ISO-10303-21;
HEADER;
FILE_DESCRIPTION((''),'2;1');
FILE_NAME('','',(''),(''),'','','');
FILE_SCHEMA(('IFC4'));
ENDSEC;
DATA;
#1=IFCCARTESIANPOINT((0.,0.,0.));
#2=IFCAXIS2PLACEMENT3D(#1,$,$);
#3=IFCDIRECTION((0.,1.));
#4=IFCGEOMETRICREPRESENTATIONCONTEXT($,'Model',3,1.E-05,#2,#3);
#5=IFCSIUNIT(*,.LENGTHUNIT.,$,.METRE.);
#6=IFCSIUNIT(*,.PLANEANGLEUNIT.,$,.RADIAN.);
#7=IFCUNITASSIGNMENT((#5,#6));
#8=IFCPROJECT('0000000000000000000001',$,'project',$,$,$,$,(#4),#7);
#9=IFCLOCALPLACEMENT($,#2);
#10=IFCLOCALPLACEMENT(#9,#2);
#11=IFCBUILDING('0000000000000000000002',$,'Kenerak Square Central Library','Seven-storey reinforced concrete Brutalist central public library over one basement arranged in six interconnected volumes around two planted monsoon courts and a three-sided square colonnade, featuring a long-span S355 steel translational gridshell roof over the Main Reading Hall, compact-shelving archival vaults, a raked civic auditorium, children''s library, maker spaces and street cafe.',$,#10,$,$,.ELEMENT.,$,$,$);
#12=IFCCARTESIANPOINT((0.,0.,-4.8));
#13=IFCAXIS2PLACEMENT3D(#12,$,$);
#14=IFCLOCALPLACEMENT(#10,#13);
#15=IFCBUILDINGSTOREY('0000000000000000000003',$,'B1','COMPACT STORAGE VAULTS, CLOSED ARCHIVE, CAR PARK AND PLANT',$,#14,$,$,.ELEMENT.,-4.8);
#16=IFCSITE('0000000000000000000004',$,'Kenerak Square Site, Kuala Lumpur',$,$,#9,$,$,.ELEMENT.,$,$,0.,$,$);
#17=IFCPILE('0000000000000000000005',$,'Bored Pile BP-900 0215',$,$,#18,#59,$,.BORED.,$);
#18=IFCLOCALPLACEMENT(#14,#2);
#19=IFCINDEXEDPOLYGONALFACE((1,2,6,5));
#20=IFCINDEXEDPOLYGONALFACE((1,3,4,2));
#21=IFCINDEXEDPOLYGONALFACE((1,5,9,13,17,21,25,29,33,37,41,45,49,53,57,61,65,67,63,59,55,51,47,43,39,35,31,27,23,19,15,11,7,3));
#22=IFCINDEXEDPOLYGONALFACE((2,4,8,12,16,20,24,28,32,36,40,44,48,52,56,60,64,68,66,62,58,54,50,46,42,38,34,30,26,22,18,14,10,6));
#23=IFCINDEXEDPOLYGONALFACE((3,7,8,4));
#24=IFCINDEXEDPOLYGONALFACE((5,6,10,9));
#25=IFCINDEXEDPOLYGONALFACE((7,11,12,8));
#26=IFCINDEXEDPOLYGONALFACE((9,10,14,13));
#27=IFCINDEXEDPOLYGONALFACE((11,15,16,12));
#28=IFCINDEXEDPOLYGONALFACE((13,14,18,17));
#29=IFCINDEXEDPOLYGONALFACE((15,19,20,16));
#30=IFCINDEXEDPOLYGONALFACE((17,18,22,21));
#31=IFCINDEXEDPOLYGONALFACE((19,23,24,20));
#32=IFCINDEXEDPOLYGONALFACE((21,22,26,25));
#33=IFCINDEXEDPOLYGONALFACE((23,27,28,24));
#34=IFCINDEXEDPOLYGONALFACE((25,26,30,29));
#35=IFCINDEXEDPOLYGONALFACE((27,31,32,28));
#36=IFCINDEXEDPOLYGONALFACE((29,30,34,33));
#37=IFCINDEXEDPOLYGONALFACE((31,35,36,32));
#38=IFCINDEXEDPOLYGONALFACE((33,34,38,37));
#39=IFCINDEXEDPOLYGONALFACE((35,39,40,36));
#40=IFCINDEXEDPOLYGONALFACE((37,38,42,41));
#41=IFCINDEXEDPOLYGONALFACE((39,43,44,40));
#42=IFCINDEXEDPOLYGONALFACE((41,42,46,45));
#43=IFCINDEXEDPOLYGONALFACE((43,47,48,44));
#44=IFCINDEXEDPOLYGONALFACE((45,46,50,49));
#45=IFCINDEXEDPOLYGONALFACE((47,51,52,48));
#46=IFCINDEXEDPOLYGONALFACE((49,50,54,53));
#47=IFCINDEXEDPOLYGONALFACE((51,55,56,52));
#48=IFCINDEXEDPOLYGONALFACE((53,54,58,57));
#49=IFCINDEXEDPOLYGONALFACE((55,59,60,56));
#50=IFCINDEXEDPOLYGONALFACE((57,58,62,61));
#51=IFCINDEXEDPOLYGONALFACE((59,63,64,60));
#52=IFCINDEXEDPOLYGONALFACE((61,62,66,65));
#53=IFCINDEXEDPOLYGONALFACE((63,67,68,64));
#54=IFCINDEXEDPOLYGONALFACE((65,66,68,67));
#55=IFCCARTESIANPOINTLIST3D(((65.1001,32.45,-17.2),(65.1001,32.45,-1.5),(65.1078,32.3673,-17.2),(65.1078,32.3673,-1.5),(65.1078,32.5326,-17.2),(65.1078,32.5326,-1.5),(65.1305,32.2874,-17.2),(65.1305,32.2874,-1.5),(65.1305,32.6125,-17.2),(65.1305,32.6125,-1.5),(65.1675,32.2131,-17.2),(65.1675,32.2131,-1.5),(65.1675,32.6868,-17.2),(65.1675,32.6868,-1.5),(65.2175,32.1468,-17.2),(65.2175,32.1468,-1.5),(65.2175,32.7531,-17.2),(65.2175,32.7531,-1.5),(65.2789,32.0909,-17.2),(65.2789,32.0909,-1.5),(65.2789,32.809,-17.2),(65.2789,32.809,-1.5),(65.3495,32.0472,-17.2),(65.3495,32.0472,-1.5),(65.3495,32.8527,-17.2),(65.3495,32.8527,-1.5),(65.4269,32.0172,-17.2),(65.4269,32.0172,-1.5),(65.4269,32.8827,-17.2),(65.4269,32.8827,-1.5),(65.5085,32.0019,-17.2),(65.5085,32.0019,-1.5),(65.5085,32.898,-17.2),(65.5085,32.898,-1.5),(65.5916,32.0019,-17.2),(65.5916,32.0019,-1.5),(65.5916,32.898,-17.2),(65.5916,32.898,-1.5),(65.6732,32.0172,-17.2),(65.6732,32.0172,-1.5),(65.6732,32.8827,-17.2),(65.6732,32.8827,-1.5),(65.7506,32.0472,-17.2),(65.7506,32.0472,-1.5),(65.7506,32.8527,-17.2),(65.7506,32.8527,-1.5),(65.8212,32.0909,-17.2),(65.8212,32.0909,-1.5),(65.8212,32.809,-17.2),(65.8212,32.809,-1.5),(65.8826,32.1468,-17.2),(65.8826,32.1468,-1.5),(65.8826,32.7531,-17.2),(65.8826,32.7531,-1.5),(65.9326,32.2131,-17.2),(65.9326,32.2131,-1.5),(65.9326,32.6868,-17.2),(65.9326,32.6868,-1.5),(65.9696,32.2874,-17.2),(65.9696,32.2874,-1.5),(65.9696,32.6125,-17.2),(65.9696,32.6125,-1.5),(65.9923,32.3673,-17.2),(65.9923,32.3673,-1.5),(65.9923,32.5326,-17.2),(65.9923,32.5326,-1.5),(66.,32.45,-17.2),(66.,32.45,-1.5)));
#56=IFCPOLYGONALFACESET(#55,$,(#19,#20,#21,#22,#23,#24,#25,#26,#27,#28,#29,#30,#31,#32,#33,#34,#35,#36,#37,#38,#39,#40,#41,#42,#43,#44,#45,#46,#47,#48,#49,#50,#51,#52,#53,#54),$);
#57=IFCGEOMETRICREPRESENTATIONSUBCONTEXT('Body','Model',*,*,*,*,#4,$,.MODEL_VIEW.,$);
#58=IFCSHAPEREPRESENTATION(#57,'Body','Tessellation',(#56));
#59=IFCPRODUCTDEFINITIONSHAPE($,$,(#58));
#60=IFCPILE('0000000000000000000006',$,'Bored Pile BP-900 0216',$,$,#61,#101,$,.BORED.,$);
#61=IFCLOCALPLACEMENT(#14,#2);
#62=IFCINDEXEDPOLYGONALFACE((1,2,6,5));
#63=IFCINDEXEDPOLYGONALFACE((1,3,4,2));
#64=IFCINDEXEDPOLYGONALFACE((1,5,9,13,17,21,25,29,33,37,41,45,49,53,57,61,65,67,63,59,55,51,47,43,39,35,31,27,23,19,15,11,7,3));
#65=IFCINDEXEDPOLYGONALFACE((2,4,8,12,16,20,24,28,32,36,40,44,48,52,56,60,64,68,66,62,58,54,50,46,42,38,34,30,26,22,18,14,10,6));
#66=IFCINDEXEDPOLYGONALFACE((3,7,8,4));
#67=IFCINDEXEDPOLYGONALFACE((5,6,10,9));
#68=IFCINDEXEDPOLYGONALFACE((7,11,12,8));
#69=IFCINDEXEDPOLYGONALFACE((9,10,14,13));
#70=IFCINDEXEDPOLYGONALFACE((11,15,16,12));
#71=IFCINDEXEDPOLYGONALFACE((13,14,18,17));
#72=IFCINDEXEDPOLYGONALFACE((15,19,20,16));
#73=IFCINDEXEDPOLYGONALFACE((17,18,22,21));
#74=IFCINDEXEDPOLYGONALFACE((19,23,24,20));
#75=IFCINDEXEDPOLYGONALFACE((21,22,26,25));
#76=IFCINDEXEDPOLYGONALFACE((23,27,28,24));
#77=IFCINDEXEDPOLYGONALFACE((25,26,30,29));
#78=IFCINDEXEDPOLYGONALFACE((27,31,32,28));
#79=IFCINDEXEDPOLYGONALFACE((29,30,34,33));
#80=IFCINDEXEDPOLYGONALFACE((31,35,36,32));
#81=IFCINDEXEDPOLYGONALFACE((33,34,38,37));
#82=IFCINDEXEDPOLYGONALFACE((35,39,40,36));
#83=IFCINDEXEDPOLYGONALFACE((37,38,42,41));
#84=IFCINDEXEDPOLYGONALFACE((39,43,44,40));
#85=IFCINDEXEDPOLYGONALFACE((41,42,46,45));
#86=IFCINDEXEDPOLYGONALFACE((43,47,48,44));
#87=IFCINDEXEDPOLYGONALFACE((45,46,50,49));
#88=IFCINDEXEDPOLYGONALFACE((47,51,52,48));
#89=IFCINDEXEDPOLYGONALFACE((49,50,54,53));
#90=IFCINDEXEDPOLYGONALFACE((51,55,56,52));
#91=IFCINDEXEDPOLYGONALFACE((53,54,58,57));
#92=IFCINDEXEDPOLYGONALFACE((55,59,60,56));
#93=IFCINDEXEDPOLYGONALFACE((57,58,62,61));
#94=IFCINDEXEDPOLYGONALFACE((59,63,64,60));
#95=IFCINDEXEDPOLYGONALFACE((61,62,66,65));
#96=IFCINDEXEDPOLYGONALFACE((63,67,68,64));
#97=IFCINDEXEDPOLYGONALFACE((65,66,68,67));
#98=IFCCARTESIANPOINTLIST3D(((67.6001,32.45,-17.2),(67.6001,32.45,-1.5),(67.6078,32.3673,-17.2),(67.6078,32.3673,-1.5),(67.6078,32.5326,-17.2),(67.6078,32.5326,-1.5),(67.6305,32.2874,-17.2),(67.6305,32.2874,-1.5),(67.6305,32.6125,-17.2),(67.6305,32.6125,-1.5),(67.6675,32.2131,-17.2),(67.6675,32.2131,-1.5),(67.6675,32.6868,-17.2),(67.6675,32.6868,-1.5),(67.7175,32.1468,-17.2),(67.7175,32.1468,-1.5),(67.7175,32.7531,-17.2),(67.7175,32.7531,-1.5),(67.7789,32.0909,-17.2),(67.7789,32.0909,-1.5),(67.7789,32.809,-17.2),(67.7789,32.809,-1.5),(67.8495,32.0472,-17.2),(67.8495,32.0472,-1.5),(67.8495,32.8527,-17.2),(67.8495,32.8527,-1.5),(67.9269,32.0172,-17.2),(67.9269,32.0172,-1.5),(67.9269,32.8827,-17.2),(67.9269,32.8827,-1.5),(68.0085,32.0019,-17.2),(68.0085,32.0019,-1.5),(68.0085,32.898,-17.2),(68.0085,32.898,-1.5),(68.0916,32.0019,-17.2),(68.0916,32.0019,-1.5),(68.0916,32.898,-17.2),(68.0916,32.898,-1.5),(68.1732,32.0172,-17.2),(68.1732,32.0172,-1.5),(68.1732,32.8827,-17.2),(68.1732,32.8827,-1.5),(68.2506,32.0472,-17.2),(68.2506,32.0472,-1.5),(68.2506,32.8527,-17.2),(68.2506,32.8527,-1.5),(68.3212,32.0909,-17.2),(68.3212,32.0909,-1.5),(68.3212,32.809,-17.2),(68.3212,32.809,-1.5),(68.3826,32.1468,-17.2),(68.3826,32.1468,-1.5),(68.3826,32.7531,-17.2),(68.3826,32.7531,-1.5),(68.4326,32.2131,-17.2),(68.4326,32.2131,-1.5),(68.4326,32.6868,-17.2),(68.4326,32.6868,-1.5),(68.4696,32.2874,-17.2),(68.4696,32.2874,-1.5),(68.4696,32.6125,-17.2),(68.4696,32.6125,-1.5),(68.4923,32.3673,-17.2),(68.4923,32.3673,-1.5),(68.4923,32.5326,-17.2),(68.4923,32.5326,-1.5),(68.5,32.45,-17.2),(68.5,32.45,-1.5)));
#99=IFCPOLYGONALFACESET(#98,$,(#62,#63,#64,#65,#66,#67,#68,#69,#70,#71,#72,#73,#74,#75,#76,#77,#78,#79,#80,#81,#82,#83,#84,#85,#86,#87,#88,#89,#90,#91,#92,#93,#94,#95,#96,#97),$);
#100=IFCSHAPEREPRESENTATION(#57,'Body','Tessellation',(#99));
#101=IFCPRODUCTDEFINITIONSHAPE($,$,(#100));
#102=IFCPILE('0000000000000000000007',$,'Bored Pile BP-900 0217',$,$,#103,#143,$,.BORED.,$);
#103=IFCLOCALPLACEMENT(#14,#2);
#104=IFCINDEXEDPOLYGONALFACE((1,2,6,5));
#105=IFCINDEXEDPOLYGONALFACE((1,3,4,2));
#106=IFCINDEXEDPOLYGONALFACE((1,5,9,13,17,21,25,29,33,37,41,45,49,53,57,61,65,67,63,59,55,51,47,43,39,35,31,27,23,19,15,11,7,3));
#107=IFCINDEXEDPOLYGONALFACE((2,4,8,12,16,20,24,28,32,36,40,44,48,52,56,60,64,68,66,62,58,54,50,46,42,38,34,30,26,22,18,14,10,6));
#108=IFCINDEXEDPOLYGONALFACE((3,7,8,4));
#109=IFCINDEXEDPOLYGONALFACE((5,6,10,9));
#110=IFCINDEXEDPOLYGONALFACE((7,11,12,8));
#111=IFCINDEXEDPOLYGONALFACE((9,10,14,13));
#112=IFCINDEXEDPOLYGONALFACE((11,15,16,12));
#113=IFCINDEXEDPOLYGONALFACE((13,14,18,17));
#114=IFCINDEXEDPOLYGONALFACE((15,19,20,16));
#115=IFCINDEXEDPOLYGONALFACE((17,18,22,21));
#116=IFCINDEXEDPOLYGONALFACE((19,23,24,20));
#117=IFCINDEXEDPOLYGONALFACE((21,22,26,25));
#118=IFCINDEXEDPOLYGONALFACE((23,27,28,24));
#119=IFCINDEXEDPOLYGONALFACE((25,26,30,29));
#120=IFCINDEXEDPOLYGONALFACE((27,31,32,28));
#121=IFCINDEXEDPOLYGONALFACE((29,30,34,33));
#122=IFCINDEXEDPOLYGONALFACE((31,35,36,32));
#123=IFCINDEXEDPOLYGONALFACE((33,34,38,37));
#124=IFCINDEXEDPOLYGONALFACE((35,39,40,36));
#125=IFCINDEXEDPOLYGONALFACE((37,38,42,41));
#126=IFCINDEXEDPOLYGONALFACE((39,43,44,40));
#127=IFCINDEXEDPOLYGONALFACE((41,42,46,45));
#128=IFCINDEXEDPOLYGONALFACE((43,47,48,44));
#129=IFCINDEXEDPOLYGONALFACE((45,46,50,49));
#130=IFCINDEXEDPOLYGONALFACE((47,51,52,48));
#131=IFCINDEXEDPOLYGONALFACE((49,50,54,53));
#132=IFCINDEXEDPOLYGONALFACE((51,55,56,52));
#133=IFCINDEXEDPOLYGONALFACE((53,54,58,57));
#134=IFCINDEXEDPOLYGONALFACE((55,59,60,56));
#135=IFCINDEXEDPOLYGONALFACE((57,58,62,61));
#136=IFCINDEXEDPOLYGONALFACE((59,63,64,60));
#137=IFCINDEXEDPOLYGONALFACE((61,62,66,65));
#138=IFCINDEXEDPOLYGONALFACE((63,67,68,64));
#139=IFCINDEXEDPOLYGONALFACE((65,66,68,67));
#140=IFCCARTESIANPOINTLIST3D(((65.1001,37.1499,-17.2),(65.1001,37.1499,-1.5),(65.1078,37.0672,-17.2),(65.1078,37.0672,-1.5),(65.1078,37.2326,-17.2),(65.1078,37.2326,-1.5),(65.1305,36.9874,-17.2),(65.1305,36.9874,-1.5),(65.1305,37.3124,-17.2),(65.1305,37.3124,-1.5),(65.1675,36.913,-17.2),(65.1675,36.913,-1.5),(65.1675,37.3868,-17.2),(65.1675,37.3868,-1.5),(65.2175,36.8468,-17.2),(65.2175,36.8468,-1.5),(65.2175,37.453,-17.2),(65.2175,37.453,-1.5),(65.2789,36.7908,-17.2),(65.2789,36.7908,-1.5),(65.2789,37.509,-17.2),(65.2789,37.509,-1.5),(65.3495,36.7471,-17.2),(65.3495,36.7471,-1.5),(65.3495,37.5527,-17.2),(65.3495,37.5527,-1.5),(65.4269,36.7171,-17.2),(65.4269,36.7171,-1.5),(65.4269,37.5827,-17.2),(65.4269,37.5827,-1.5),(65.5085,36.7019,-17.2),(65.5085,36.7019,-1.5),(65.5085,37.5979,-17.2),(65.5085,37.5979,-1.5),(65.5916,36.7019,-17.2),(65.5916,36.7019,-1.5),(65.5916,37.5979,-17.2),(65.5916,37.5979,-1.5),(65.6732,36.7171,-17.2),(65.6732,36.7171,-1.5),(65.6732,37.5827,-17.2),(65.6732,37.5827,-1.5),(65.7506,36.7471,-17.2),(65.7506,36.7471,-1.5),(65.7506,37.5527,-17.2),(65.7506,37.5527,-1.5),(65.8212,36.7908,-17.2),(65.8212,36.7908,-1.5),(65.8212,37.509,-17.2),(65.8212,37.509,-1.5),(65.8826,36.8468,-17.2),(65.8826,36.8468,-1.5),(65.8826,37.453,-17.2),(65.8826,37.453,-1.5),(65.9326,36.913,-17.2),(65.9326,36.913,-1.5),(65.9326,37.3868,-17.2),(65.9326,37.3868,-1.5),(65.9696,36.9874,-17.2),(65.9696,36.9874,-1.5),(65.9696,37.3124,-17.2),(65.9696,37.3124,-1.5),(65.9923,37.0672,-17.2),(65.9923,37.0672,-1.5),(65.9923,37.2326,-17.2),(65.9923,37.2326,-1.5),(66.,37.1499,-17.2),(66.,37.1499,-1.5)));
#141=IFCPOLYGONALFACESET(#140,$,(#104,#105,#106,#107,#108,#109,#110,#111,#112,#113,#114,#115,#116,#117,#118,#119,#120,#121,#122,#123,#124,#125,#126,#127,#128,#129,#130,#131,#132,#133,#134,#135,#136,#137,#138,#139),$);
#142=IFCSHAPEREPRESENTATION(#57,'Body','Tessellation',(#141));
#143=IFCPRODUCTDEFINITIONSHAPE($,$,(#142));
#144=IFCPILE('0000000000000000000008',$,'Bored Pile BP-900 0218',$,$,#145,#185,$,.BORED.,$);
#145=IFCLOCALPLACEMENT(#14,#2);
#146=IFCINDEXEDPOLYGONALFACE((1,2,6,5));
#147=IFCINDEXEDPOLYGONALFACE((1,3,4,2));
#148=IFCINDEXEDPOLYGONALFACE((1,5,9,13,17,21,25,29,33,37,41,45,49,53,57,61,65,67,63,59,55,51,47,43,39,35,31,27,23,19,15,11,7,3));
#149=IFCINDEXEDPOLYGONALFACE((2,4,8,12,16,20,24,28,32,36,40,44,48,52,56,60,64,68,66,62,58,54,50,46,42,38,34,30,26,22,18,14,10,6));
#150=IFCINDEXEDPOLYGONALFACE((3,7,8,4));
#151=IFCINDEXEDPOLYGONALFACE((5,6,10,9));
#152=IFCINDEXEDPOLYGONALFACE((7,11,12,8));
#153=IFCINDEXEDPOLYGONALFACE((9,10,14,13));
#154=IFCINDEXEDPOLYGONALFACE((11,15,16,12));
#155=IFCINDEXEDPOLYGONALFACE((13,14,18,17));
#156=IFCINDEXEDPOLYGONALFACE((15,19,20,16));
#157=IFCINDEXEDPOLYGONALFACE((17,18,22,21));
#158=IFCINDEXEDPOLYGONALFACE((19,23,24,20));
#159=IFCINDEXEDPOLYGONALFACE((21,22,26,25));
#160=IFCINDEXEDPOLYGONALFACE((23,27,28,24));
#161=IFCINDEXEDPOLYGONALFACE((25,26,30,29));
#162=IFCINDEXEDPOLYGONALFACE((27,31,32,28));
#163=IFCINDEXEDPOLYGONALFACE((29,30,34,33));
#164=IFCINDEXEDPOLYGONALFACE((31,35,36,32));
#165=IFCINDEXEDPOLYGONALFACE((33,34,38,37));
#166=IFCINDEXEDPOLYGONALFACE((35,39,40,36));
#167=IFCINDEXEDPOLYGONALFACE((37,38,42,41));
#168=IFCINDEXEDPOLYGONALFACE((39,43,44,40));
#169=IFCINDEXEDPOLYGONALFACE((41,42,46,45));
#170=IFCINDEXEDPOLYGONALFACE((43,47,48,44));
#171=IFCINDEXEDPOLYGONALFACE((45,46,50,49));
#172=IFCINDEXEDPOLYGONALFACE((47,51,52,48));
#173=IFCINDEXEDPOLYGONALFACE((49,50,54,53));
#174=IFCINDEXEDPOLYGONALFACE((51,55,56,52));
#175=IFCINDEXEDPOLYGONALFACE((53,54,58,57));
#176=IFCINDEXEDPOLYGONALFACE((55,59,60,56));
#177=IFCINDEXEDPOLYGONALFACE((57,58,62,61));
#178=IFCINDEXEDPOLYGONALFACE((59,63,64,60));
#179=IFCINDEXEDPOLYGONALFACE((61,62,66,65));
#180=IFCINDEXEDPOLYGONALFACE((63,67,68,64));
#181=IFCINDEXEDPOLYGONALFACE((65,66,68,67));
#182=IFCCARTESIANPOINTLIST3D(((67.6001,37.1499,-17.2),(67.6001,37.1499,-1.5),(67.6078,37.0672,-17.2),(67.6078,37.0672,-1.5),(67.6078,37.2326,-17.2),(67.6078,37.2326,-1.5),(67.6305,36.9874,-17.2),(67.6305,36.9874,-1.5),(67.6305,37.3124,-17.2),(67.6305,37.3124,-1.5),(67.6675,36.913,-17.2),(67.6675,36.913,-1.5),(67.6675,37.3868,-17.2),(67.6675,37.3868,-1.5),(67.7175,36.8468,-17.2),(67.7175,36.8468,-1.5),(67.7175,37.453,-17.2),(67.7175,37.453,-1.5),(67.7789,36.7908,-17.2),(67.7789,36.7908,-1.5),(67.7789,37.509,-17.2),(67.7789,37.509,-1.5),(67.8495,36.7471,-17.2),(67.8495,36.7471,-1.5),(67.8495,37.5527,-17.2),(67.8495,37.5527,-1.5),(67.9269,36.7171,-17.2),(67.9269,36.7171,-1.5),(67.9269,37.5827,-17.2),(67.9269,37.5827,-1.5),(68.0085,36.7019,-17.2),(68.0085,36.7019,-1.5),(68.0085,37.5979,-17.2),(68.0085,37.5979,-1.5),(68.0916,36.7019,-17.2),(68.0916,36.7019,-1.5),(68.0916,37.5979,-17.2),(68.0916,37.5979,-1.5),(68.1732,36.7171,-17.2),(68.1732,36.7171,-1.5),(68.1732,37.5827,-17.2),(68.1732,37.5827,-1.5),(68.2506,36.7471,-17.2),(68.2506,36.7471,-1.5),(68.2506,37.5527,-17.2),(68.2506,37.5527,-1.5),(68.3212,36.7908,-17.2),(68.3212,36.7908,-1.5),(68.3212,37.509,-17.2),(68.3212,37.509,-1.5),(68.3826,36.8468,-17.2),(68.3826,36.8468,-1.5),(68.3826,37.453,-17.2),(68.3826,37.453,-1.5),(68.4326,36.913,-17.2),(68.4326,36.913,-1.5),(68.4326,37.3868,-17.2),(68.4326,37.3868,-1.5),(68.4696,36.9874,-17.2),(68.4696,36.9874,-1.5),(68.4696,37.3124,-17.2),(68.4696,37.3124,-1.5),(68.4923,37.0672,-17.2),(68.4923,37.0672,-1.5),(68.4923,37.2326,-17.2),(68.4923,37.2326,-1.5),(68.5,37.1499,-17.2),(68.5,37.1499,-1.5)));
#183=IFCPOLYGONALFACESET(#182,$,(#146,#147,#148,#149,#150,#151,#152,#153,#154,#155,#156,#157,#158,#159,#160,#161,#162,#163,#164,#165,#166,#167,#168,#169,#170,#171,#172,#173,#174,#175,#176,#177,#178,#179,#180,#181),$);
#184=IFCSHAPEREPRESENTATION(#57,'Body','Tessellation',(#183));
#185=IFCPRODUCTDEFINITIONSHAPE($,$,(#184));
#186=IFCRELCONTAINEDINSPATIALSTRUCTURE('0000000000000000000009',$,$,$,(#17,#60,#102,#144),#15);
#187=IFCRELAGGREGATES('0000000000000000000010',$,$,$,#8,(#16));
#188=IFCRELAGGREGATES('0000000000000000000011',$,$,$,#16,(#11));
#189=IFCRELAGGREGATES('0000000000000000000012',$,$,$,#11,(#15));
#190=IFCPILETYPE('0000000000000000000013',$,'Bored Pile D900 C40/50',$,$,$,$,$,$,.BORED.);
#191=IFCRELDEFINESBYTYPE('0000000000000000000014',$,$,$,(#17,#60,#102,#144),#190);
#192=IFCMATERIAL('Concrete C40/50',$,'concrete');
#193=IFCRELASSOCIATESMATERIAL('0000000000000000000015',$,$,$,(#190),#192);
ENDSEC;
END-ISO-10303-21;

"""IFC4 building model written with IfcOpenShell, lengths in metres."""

from ifc_helpers import new_model, si_unit, direction, frame, origin, origin_2d, place, context, subcontext, project, spatial, circle, extrude, material, material_profile, profile_set, type_object, element, save


model = new_model("IFC4")

# Units and contexts
model_context = context("Model", 3, precision=1e-05, world=origin(), true_north=direction((0.0, 1.0)))
body_context = subcontext(model_context, "Body", "Model", "MODEL_VIEW")
ifc_project = project(units=[si_unit("LENGTHUNIT", "METRE"), si_unit("PLANEANGLEUNIT", "RADIAN")], contexts=[model_context])

# Site, building, storey
site_placement = place(None, origin())
site = spatial("IfcSite", under=ifc_project, at=site_placement, Name="Kenerak Square Site, Kuala Lumpur", CompositionType="ELEMENT", RefElevation=0.0)
building_placement = place(site_placement, origin())
building = spatial("IfcBuilding", under=site, at=building_placement, Name="Kenerak Square Central Library", Description="Seven-storey reinforced concrete Brutalist central public library over one basement arranged in six interconnected volumes around two planted monsoon courts and a three-sided square colonnade, featuring a long-span S355 steel translational gridshell roof over the Main Reading Hall, compact-shelving archival vaults, a raked civic auditorium, children's library, maker spaces and street cafe.", CompositionType="ELEMENT")
storey_placement = place(building_placement, frame((0.0, 0.0, -4.8)))
storey = spatial("IfcBuildingStorey", under=building, at=storey_placement, Name="B1", Description="COMPACT STORAGE VAULTS, CLOSED ARCHIVE, CAR PARK AND PLANT", CompositionType="ELEMENT", Elevation=-4.8)

# Piles
ifc_material_1 = material(Name="Concrete C40/50", Category="concrete")
ifc_material_profile_1 = material_profile(ifc_material_1, circle(Radius=0.45, at=origin_2d()), Name="BP D900")
ifc_profile_set_1 = profile_set([ifc_material_profile_1], Name="Concrete C40/50")
pile_type_1 = type_object("IfcPileType", Name="Bored Pile D900 C40/50", PredefinedType="BORED", material=ifc_profile_set_1)
for number, where, z_axis, x_axis, name in (
    (1, (65.55, 32.45, -1.5), (0.0, 0.0, -1.0), (1.0, 0.0, 0.0), "Bored Pile BP-900 0215"),
    (2, (68.05, 32.45, -1.5), (0.0, 0.0, -1.0), (1.0, 0.0, 0.0), "Bored Pile BP-900 0216"),
    (3, (65.55, 37.1499, -1.5), (0.0, 0.0, -1.0), (1.0, 0.0, 0.0), "Bored Pile BP-900 0217"),
    (4, (68.05, 37.1499, -1.5), (0.0, 0.0, -1.0), (1.0, 0.0, 0.0), "Bored Pile BP-900 0218"),
):
    element("IfcPile", number, at=place(storey_placement, frame(where, z_axis=z_axis, x_axis=x_axis)), inside=storey, type_object=pile_type_1, Name=name, PredefinedType="BORED", context=body_context, shape_type="SweptSolid", body=[
        extrude(circle(Radius=0.45, at=origin_2d()), origin(), (0.0, 0.0, 1.0), 15.7),
    ])

save(model, "model.ifc")
